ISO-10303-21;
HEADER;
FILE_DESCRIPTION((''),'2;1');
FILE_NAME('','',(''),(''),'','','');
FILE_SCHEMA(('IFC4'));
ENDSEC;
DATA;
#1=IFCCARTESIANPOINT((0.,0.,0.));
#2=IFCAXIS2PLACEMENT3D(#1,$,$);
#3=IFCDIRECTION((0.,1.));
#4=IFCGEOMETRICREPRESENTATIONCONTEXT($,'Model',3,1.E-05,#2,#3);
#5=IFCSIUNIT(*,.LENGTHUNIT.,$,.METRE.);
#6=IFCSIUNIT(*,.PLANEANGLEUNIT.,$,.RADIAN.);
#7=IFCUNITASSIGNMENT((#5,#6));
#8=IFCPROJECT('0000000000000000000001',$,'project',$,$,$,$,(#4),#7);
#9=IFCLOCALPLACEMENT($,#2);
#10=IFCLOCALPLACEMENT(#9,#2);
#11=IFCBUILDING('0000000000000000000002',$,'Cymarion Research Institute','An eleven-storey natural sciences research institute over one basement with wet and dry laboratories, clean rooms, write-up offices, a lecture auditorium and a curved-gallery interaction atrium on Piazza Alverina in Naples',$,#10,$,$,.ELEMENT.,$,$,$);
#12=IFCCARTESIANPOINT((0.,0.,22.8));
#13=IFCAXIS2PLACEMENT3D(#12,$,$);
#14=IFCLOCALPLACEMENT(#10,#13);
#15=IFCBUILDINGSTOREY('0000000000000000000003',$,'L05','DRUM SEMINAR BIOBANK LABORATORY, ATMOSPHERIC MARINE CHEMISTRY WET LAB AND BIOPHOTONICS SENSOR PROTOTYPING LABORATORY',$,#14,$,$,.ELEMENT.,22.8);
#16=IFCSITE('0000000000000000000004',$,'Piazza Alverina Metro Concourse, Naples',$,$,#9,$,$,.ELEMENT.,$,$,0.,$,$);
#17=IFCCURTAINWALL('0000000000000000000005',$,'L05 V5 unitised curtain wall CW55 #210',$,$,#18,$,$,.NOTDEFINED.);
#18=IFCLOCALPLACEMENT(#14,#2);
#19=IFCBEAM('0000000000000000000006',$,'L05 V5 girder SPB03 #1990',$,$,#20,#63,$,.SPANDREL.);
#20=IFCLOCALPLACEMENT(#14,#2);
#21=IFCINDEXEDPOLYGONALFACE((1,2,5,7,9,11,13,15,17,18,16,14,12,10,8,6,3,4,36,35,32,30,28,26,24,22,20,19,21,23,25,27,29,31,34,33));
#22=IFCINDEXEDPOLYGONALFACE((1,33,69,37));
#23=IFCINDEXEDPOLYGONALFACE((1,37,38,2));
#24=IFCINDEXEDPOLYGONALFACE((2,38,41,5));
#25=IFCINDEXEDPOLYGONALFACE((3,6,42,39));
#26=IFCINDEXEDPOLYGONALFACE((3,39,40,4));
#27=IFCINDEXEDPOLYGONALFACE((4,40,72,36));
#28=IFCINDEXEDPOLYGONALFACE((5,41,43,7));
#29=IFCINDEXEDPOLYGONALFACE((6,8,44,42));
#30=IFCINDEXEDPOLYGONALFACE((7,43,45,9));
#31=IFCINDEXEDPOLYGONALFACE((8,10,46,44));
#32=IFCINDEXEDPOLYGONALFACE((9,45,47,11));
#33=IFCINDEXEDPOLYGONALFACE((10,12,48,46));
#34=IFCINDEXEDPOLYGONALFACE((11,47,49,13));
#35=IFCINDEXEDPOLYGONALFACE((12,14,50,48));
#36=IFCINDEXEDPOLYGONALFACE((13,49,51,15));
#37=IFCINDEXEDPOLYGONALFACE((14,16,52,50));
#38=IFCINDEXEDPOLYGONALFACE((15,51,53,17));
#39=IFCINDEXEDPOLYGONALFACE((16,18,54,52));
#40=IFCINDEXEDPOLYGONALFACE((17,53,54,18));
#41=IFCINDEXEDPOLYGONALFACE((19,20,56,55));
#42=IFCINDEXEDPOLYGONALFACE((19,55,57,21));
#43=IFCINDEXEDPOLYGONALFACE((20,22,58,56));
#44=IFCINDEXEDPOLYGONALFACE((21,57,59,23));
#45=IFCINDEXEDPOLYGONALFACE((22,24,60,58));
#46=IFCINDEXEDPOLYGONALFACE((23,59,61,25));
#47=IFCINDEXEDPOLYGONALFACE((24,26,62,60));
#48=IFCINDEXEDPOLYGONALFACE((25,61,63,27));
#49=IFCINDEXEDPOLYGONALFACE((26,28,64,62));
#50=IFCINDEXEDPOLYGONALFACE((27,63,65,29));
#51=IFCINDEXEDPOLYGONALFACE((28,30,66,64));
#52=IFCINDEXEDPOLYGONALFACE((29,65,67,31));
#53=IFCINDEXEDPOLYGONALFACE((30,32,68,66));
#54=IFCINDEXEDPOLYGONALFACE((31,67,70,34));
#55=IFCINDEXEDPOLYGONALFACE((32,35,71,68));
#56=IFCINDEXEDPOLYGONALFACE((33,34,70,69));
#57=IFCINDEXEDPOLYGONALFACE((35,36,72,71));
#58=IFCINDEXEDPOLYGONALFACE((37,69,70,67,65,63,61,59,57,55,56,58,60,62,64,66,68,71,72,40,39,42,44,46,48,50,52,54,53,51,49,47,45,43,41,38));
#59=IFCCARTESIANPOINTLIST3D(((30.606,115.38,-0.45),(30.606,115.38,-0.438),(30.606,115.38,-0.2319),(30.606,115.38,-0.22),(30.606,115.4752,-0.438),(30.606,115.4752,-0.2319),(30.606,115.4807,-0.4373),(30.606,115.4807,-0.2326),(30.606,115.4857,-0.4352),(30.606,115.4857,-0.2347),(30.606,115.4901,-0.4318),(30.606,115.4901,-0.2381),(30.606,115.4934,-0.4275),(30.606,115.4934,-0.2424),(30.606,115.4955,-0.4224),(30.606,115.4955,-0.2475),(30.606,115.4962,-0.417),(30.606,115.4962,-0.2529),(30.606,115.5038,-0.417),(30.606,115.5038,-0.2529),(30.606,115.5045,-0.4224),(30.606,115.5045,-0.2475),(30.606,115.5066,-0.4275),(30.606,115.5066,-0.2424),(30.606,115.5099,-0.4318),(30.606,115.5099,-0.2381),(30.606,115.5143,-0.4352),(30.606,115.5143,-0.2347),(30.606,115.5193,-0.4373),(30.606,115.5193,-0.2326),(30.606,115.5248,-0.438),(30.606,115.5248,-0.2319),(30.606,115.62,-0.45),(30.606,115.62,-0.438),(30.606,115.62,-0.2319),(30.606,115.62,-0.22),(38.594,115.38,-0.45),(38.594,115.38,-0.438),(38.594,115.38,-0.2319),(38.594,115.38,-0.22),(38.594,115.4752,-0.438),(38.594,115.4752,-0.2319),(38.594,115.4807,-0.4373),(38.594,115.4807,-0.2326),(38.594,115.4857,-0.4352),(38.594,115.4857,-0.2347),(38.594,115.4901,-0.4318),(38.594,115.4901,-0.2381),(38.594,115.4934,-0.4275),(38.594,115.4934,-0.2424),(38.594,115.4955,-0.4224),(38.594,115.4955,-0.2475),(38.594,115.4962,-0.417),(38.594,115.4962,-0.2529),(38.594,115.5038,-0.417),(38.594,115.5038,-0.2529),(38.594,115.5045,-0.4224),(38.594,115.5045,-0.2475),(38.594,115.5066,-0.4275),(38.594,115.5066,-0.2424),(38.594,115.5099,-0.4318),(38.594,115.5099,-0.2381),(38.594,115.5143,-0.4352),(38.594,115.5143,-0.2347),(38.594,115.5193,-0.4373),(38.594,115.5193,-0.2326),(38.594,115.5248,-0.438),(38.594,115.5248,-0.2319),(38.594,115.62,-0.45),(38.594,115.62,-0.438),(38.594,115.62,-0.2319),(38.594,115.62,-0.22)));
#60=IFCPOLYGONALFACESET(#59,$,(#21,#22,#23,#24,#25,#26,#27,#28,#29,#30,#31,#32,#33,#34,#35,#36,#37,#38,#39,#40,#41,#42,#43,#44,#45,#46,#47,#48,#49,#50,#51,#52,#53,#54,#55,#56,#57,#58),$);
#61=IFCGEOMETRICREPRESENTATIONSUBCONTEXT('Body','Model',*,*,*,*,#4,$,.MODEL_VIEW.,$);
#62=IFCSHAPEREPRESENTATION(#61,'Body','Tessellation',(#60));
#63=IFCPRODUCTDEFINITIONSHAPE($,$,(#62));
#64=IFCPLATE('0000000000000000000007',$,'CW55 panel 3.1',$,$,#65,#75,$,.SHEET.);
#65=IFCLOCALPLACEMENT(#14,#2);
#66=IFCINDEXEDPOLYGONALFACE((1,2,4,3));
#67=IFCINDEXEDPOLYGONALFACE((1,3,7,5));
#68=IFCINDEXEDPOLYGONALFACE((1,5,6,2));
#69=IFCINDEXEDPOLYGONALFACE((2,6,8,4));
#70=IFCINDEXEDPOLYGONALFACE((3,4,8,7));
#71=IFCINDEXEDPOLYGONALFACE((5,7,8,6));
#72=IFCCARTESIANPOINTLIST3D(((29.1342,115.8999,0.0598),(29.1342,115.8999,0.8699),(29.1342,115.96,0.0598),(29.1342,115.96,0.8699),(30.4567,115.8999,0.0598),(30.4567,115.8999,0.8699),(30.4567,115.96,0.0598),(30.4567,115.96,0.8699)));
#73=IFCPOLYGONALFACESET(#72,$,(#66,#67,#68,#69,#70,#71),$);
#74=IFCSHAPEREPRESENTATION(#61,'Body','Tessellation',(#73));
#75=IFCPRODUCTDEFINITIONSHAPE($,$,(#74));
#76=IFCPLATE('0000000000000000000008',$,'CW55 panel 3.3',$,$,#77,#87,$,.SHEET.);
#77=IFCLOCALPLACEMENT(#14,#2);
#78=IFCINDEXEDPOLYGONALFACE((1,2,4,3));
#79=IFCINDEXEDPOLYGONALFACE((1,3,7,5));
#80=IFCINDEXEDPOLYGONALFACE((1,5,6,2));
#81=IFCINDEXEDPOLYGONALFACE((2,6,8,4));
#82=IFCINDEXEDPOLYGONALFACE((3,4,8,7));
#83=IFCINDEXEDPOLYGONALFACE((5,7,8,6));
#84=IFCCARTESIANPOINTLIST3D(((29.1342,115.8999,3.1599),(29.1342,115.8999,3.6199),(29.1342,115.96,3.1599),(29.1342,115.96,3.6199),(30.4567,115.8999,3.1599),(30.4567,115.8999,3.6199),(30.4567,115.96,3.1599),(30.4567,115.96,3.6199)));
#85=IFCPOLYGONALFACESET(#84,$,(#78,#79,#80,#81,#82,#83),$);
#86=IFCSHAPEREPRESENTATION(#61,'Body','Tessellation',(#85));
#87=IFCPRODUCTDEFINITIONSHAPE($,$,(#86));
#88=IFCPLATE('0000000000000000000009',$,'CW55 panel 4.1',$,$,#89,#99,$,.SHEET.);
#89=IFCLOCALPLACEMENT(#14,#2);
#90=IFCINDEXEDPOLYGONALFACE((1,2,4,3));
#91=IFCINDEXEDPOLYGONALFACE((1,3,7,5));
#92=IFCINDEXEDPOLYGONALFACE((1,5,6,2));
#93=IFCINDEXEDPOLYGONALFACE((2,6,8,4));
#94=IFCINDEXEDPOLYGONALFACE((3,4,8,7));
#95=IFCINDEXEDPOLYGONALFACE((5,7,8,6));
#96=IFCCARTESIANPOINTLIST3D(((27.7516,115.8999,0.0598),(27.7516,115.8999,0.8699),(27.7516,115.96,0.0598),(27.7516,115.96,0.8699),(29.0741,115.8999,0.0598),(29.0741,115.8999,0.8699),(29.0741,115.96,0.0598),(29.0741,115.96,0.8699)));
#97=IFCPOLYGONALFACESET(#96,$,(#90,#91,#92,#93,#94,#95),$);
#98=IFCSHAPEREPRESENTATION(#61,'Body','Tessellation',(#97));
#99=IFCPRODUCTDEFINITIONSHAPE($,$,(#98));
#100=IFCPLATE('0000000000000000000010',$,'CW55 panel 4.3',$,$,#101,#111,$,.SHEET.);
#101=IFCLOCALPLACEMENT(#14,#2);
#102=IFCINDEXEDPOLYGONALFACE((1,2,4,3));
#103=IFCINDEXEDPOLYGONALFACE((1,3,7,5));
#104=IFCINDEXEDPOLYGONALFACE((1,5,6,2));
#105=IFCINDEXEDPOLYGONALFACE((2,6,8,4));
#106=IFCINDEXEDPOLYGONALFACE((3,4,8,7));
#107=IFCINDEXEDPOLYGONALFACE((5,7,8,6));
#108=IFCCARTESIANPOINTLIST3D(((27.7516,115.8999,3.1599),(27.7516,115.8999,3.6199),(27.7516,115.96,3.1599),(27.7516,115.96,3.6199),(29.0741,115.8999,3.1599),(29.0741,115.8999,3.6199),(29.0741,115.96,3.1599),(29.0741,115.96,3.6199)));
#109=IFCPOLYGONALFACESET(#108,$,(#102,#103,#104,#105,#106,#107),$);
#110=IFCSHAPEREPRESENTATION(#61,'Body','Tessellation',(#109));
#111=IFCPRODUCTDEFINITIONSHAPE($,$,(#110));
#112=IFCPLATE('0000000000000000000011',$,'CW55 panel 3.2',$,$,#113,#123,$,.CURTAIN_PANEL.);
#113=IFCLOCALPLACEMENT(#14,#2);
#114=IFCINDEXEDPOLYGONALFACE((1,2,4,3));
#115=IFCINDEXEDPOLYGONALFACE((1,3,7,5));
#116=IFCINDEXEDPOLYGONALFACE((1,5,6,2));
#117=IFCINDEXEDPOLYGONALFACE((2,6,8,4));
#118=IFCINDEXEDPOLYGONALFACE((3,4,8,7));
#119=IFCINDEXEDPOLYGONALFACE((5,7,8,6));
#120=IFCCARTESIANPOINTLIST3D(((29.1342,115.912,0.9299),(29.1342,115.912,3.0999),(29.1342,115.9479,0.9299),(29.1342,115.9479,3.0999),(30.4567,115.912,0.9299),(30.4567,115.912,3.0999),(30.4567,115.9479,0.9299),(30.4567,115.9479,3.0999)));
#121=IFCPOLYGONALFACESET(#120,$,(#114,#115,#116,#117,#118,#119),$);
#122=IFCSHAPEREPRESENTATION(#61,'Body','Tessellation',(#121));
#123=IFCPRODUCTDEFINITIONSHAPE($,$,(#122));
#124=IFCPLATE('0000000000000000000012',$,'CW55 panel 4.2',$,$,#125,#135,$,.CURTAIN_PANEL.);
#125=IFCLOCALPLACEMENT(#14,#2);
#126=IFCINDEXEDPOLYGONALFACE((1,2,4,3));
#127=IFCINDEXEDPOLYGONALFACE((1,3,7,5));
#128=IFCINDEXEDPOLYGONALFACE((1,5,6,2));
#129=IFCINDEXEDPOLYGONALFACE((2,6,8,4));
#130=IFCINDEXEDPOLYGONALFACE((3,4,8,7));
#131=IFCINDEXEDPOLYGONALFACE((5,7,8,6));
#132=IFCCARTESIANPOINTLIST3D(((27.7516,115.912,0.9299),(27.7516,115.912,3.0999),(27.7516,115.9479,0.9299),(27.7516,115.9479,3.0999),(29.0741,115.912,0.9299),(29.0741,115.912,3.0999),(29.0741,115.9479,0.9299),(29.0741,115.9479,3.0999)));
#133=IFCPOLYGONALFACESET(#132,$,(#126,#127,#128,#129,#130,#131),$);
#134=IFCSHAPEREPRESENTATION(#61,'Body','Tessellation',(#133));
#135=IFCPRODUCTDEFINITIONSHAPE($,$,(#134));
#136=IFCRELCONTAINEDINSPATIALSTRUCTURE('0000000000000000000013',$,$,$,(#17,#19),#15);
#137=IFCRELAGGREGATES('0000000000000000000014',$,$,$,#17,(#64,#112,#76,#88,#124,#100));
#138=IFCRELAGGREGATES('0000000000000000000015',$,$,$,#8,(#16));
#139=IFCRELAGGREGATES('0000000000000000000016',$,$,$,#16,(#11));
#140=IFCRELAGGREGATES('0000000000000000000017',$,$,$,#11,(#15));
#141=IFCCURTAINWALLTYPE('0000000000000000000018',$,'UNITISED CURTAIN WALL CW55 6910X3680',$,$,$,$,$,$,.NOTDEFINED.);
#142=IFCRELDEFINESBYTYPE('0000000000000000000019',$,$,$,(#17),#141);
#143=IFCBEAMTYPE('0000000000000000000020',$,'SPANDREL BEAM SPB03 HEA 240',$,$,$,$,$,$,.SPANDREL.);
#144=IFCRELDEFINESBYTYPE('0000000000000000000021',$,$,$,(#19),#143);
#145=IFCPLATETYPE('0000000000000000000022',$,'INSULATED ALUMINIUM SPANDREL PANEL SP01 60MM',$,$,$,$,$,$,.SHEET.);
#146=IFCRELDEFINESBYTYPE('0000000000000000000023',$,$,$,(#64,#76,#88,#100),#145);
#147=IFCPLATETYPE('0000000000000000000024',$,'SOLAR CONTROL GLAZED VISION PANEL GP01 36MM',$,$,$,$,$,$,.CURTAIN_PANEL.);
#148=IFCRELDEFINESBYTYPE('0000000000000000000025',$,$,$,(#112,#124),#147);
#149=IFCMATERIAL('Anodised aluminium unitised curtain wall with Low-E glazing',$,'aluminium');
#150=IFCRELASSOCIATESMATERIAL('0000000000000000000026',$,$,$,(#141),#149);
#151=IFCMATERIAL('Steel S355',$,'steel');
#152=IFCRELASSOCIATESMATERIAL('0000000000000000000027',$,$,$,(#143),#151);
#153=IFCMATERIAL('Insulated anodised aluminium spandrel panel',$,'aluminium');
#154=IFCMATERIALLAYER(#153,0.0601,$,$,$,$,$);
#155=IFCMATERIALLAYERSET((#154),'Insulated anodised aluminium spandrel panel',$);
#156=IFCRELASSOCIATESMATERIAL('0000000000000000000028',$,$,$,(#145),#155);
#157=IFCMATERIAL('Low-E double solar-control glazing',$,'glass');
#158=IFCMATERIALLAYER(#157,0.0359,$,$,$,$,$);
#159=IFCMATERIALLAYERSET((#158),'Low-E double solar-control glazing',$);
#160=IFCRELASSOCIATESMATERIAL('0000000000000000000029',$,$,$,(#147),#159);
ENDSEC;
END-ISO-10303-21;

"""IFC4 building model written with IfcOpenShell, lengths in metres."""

from ifc_helpers import new_model, si_unit, direction, frame, origin, origin_2d, place, context, subcontext, project, spatial, rectangle, i_section, extrude, material, layer, layer_set, material_profile, profile_set, type_object, element, aggregate, save


model = new_model("IFC4")

# Units and contexts
model_context = context("Model", 3, precision=1e-05, world=origin(), true_north=direction((0.0, 1.0)))
body_context = subcontext(model_context, "Body", "Model", "MODEL_VIEW")
ifc_project = project(units=[si_unit("LENGTHUNIT", "METRE"), si_unit("PLANEANGLEUNIT", "RADIAN")], contexts=[model_context])

# Site, building, storey
site_placement = place(None, origin())
site = spatial("IfcSite", under=ifc_project, at=site_placement, Name="Piazza Alverina Metro Concourse, Naples", CompositionType="ELEMENT", RefElevation=0.0)
building_placement = place(site_placement, origin())
building = spatial("IfcBuilding", under=site, at=building_placement, Name="Cymarion Research Institute", Description="An eleven-storey natural sciences research institute over one basement with wet and dry laboratories, clean rooms, write-up offices, a lecture auditorium and a curved-gallery interaction atrium on Piazza Alverina in Naples", CompositionType="ELEMENT")
storey_placement = place(building_placement, frame((0.0, 0.0, 22.8)))
storey = spatial("IfcBuildingStorey", under=building, at=storey_placement, Name="L05", Description="DRUM SEMINAR BIOBANK LABORATORY, ATMOSPHERIC MARINE CHEMISTRY WET LAB AND BIOPHOTONICS SENSOR PROTOTYPING LABORATORY", CompositionType="ELEMENT", Elevation=22.8)

# Shared definitions
ifc_material_1 = material(Name="Steel S355", Category="steel")

# Curtain wall
ifc_material_2 = material(Name="Anodised aluminium unitised curtain wall with Low-E glazing", Category="aluminium")
curtain_wall_type = type_object("IfcCurtainWallType", Name="UNITISED CURTAIN WALL CW55 6910X3680", PredefinedType="NOTDEFINED", material=ifc_material_2)
curtain_wall_placement = place(storey_placement, origin())
curtain_wall = element("IfcCurtainWall", 1, at=curtain_wall_placement, inside=storey, type_object=curtain_wall_type, Name="L05 V5 unitised curtain wall CW55 #210", PredefinedType="NOTDEFINED")

# Beam
ifc_material_profile_1 = material_profile(ifc_material_1, i_section(OverallWidth=0.24, OverallDepth=0.23, WebThickness=0.0076, FlangeThickness=0.012, FilletRadius=0.021, at=origin_2d()), Name="HEA 240")
ifc_profile_set_1 = profile_set([ifc_material_profile_1], Name="Steel S355")
beam_type_1 = type_object("IfcBeamType", Name="SPANDREL BEAM SPB03 HEA 240", PredefinedType="SPANDREL", material=ifc_profile_set_1)
beam_1_placement = place(storey_placement, frame((30.606, 115.5, -0.335), z_axis=(1.0, 0.0, 0.0), x_axis=(0.0, 1.0, 0.0)))
element("IfcBeam", 2, at=beam_1_placement, inside=storey, type_object=beam_type_1, Name="L05 V5 girder SPB03 #1990", PredefinedType="SPANDREL", context=body_context, shape_type="SweptSolid", body=[
    extrude(i_section(OverallWidth=0.24, OverallDepth=0.23, WebThickness=0.0076, FlangeThickness=0.012, FilletRadius=0.021, at=origin_2d()), origin(), (0.0, 0.0, 1.0), 7.988),
])

# Plates
ifc_material_3 = material(Name="Insulated anodised aluminium spandrel panel", Category="aluminium")
ifc_layer_1 = layer(ifc_material_3, 0.0601)
ifc_layer_set_1 = layer_set([ifc_layer_1], Name="Insulated anodised aluminium spandrel panel")
plate_type_1 = type_object("IfcPlateType", Name="INSULATED ALUMINIUM SPANDREL PANEL SP01 60MM", PredefinedType="SHEET", material=ifc_layer_set_1)
plate_1_placement = place(storey_placement, frame((29.7954, 115.9299, 0.0598), z_axis=(0.0, 0.0, 1.0), x_axis=(-1.0, 0.0, 0.0)))
plate_1 = element("IfcPlate", 3, at=plate_1_placement, type_object=plate_type_1, Name="CW55 panel 3.1", PredefinedType="SHEET", context=body_context, shape_type="SweptSolid", body=[
    extrude(rectangle(XDim=1.3225, YDim=0.0601, at=origin_2d()), origin(), (0.0, 0.0, 1.0), 0.8101),
])
plate_2_placement = place(storey_placement, frame((29.7954, 115.9299, 3.1599), z_axis=(0.0, 0.0, 1.0), x_axis=(-1.0, 0.0, 0.0)))
plate_2 = element("IfcPlate", 4, at=plate_2_placement, type_object=plate_type_1, Name="CW55 panel 3.3", PredefinedType="SHEET", context=body_context, shape_type="SweptSolid", body=[
    extrude(rectangle(XDim=1.3225, YDim=0.0601, at=origin_2d()), origin(), (0.0, 0.0, 1.0), 0.46),
])
plate_3_placement = place(storey_placement, frame((28.4128, 115.9299, 0.0598), z_axis=(0.0, 0.0, 1.0), x_axis=(-1.0, 0.0, 0.0)))
plate_3 = element("IfcPlate", 5, at=plate_3_placement, type_object=plate_type_1, Name="CW55 panel 4.1", PredefinedType="SHEET", context=body_context, shape_type="SweptSolid", body=[
    extrude(rectangle(XDim=1.3225, YDim=0.0601, at=origin_2d()), origin(), (0.0, 0.0, 1.0), 0.8101),
])
plate_4_placement = place(storey_placement, frame((28.4128, 115.9299, 3.1599), z_axis=(0.0, 0.0, 1.0), x_axis=(-1.0, 0.0, 0.0)))
plate_4 = element("IfcPlate", 6, at=plate_4_placement, type_object=plate_type_1, Name="CW55 panel 4.3", PredefinedType="SHEET", context=body_context, shape_type="SweptSolid", body=[
    extrude(rectangle(XDim=1.3225, YDim=0.0601, at=origin_2d()), origin(), (0.0, 0.0, 1.0), 0.46),
])
ifc_material_4 = material(Name="Low-E double solar-control glazing", Category="glass")
ifc_layer_2 = layer(ifc_material_4, 0.0359)
ifc_layer_set_2 = layer_set([ifc_layer_2], Name="Low-E double solar-control glazing")
plate_type_2 = type_object("IfcPlateType", Name="SOLAR CONTROL GLAZED VISION PANEL GP01 36MM", PredefinedType="CURTAIN_PANEL", material=ifc_layer_set_2)
plate_5_placement = place(storey_placement, frame((29.7954, 115.9299, 0.9299), z_axis=(0.0, 0.0, 1.0), x_axis=(-1.0, 0.0, 0.0)))
plate_5 = element("IfcPlate", 7, at=plate_5_placement, type_object=plate_type_2, Name="CW55 panel 3.2", PredefinedType="CURTAIN_PANEL", context=body_context, shape_type="SweptSolid", body=[
    extrude(rectangle(XDim=1.3225, YDim=0.0359, at=origin_2d()), origin(), (0.0, 0.0, 1.0), 2.1699),
])
plate_6_placement = place(storey_placement, frame((28.4128, 115.9299, 0.9299), z_axis=(0.0, 0.0, 1.0), x_axis=(-1.0, 0.0, 0.0)))
plate_6 = element("IfcPlate", 8, at=plate_6_placement, type_object=plate_type_2, Name="CW55 panel 4.2", PredefinedType="CURTAIN_PANEL", context=body_context, shape_type="SweptSolid", body=[
    extrude(rectangle(XDim=1.3225, YDim=0.0359, at=origin_2d()), origin(), (0.0, 0.0, 1.0), 2.1699),
])
aggregate(curtain_wall, [plate_1, plate_5, plate_2, plate_3, plate_6, plate_4])

save(model, "model.ifc")
